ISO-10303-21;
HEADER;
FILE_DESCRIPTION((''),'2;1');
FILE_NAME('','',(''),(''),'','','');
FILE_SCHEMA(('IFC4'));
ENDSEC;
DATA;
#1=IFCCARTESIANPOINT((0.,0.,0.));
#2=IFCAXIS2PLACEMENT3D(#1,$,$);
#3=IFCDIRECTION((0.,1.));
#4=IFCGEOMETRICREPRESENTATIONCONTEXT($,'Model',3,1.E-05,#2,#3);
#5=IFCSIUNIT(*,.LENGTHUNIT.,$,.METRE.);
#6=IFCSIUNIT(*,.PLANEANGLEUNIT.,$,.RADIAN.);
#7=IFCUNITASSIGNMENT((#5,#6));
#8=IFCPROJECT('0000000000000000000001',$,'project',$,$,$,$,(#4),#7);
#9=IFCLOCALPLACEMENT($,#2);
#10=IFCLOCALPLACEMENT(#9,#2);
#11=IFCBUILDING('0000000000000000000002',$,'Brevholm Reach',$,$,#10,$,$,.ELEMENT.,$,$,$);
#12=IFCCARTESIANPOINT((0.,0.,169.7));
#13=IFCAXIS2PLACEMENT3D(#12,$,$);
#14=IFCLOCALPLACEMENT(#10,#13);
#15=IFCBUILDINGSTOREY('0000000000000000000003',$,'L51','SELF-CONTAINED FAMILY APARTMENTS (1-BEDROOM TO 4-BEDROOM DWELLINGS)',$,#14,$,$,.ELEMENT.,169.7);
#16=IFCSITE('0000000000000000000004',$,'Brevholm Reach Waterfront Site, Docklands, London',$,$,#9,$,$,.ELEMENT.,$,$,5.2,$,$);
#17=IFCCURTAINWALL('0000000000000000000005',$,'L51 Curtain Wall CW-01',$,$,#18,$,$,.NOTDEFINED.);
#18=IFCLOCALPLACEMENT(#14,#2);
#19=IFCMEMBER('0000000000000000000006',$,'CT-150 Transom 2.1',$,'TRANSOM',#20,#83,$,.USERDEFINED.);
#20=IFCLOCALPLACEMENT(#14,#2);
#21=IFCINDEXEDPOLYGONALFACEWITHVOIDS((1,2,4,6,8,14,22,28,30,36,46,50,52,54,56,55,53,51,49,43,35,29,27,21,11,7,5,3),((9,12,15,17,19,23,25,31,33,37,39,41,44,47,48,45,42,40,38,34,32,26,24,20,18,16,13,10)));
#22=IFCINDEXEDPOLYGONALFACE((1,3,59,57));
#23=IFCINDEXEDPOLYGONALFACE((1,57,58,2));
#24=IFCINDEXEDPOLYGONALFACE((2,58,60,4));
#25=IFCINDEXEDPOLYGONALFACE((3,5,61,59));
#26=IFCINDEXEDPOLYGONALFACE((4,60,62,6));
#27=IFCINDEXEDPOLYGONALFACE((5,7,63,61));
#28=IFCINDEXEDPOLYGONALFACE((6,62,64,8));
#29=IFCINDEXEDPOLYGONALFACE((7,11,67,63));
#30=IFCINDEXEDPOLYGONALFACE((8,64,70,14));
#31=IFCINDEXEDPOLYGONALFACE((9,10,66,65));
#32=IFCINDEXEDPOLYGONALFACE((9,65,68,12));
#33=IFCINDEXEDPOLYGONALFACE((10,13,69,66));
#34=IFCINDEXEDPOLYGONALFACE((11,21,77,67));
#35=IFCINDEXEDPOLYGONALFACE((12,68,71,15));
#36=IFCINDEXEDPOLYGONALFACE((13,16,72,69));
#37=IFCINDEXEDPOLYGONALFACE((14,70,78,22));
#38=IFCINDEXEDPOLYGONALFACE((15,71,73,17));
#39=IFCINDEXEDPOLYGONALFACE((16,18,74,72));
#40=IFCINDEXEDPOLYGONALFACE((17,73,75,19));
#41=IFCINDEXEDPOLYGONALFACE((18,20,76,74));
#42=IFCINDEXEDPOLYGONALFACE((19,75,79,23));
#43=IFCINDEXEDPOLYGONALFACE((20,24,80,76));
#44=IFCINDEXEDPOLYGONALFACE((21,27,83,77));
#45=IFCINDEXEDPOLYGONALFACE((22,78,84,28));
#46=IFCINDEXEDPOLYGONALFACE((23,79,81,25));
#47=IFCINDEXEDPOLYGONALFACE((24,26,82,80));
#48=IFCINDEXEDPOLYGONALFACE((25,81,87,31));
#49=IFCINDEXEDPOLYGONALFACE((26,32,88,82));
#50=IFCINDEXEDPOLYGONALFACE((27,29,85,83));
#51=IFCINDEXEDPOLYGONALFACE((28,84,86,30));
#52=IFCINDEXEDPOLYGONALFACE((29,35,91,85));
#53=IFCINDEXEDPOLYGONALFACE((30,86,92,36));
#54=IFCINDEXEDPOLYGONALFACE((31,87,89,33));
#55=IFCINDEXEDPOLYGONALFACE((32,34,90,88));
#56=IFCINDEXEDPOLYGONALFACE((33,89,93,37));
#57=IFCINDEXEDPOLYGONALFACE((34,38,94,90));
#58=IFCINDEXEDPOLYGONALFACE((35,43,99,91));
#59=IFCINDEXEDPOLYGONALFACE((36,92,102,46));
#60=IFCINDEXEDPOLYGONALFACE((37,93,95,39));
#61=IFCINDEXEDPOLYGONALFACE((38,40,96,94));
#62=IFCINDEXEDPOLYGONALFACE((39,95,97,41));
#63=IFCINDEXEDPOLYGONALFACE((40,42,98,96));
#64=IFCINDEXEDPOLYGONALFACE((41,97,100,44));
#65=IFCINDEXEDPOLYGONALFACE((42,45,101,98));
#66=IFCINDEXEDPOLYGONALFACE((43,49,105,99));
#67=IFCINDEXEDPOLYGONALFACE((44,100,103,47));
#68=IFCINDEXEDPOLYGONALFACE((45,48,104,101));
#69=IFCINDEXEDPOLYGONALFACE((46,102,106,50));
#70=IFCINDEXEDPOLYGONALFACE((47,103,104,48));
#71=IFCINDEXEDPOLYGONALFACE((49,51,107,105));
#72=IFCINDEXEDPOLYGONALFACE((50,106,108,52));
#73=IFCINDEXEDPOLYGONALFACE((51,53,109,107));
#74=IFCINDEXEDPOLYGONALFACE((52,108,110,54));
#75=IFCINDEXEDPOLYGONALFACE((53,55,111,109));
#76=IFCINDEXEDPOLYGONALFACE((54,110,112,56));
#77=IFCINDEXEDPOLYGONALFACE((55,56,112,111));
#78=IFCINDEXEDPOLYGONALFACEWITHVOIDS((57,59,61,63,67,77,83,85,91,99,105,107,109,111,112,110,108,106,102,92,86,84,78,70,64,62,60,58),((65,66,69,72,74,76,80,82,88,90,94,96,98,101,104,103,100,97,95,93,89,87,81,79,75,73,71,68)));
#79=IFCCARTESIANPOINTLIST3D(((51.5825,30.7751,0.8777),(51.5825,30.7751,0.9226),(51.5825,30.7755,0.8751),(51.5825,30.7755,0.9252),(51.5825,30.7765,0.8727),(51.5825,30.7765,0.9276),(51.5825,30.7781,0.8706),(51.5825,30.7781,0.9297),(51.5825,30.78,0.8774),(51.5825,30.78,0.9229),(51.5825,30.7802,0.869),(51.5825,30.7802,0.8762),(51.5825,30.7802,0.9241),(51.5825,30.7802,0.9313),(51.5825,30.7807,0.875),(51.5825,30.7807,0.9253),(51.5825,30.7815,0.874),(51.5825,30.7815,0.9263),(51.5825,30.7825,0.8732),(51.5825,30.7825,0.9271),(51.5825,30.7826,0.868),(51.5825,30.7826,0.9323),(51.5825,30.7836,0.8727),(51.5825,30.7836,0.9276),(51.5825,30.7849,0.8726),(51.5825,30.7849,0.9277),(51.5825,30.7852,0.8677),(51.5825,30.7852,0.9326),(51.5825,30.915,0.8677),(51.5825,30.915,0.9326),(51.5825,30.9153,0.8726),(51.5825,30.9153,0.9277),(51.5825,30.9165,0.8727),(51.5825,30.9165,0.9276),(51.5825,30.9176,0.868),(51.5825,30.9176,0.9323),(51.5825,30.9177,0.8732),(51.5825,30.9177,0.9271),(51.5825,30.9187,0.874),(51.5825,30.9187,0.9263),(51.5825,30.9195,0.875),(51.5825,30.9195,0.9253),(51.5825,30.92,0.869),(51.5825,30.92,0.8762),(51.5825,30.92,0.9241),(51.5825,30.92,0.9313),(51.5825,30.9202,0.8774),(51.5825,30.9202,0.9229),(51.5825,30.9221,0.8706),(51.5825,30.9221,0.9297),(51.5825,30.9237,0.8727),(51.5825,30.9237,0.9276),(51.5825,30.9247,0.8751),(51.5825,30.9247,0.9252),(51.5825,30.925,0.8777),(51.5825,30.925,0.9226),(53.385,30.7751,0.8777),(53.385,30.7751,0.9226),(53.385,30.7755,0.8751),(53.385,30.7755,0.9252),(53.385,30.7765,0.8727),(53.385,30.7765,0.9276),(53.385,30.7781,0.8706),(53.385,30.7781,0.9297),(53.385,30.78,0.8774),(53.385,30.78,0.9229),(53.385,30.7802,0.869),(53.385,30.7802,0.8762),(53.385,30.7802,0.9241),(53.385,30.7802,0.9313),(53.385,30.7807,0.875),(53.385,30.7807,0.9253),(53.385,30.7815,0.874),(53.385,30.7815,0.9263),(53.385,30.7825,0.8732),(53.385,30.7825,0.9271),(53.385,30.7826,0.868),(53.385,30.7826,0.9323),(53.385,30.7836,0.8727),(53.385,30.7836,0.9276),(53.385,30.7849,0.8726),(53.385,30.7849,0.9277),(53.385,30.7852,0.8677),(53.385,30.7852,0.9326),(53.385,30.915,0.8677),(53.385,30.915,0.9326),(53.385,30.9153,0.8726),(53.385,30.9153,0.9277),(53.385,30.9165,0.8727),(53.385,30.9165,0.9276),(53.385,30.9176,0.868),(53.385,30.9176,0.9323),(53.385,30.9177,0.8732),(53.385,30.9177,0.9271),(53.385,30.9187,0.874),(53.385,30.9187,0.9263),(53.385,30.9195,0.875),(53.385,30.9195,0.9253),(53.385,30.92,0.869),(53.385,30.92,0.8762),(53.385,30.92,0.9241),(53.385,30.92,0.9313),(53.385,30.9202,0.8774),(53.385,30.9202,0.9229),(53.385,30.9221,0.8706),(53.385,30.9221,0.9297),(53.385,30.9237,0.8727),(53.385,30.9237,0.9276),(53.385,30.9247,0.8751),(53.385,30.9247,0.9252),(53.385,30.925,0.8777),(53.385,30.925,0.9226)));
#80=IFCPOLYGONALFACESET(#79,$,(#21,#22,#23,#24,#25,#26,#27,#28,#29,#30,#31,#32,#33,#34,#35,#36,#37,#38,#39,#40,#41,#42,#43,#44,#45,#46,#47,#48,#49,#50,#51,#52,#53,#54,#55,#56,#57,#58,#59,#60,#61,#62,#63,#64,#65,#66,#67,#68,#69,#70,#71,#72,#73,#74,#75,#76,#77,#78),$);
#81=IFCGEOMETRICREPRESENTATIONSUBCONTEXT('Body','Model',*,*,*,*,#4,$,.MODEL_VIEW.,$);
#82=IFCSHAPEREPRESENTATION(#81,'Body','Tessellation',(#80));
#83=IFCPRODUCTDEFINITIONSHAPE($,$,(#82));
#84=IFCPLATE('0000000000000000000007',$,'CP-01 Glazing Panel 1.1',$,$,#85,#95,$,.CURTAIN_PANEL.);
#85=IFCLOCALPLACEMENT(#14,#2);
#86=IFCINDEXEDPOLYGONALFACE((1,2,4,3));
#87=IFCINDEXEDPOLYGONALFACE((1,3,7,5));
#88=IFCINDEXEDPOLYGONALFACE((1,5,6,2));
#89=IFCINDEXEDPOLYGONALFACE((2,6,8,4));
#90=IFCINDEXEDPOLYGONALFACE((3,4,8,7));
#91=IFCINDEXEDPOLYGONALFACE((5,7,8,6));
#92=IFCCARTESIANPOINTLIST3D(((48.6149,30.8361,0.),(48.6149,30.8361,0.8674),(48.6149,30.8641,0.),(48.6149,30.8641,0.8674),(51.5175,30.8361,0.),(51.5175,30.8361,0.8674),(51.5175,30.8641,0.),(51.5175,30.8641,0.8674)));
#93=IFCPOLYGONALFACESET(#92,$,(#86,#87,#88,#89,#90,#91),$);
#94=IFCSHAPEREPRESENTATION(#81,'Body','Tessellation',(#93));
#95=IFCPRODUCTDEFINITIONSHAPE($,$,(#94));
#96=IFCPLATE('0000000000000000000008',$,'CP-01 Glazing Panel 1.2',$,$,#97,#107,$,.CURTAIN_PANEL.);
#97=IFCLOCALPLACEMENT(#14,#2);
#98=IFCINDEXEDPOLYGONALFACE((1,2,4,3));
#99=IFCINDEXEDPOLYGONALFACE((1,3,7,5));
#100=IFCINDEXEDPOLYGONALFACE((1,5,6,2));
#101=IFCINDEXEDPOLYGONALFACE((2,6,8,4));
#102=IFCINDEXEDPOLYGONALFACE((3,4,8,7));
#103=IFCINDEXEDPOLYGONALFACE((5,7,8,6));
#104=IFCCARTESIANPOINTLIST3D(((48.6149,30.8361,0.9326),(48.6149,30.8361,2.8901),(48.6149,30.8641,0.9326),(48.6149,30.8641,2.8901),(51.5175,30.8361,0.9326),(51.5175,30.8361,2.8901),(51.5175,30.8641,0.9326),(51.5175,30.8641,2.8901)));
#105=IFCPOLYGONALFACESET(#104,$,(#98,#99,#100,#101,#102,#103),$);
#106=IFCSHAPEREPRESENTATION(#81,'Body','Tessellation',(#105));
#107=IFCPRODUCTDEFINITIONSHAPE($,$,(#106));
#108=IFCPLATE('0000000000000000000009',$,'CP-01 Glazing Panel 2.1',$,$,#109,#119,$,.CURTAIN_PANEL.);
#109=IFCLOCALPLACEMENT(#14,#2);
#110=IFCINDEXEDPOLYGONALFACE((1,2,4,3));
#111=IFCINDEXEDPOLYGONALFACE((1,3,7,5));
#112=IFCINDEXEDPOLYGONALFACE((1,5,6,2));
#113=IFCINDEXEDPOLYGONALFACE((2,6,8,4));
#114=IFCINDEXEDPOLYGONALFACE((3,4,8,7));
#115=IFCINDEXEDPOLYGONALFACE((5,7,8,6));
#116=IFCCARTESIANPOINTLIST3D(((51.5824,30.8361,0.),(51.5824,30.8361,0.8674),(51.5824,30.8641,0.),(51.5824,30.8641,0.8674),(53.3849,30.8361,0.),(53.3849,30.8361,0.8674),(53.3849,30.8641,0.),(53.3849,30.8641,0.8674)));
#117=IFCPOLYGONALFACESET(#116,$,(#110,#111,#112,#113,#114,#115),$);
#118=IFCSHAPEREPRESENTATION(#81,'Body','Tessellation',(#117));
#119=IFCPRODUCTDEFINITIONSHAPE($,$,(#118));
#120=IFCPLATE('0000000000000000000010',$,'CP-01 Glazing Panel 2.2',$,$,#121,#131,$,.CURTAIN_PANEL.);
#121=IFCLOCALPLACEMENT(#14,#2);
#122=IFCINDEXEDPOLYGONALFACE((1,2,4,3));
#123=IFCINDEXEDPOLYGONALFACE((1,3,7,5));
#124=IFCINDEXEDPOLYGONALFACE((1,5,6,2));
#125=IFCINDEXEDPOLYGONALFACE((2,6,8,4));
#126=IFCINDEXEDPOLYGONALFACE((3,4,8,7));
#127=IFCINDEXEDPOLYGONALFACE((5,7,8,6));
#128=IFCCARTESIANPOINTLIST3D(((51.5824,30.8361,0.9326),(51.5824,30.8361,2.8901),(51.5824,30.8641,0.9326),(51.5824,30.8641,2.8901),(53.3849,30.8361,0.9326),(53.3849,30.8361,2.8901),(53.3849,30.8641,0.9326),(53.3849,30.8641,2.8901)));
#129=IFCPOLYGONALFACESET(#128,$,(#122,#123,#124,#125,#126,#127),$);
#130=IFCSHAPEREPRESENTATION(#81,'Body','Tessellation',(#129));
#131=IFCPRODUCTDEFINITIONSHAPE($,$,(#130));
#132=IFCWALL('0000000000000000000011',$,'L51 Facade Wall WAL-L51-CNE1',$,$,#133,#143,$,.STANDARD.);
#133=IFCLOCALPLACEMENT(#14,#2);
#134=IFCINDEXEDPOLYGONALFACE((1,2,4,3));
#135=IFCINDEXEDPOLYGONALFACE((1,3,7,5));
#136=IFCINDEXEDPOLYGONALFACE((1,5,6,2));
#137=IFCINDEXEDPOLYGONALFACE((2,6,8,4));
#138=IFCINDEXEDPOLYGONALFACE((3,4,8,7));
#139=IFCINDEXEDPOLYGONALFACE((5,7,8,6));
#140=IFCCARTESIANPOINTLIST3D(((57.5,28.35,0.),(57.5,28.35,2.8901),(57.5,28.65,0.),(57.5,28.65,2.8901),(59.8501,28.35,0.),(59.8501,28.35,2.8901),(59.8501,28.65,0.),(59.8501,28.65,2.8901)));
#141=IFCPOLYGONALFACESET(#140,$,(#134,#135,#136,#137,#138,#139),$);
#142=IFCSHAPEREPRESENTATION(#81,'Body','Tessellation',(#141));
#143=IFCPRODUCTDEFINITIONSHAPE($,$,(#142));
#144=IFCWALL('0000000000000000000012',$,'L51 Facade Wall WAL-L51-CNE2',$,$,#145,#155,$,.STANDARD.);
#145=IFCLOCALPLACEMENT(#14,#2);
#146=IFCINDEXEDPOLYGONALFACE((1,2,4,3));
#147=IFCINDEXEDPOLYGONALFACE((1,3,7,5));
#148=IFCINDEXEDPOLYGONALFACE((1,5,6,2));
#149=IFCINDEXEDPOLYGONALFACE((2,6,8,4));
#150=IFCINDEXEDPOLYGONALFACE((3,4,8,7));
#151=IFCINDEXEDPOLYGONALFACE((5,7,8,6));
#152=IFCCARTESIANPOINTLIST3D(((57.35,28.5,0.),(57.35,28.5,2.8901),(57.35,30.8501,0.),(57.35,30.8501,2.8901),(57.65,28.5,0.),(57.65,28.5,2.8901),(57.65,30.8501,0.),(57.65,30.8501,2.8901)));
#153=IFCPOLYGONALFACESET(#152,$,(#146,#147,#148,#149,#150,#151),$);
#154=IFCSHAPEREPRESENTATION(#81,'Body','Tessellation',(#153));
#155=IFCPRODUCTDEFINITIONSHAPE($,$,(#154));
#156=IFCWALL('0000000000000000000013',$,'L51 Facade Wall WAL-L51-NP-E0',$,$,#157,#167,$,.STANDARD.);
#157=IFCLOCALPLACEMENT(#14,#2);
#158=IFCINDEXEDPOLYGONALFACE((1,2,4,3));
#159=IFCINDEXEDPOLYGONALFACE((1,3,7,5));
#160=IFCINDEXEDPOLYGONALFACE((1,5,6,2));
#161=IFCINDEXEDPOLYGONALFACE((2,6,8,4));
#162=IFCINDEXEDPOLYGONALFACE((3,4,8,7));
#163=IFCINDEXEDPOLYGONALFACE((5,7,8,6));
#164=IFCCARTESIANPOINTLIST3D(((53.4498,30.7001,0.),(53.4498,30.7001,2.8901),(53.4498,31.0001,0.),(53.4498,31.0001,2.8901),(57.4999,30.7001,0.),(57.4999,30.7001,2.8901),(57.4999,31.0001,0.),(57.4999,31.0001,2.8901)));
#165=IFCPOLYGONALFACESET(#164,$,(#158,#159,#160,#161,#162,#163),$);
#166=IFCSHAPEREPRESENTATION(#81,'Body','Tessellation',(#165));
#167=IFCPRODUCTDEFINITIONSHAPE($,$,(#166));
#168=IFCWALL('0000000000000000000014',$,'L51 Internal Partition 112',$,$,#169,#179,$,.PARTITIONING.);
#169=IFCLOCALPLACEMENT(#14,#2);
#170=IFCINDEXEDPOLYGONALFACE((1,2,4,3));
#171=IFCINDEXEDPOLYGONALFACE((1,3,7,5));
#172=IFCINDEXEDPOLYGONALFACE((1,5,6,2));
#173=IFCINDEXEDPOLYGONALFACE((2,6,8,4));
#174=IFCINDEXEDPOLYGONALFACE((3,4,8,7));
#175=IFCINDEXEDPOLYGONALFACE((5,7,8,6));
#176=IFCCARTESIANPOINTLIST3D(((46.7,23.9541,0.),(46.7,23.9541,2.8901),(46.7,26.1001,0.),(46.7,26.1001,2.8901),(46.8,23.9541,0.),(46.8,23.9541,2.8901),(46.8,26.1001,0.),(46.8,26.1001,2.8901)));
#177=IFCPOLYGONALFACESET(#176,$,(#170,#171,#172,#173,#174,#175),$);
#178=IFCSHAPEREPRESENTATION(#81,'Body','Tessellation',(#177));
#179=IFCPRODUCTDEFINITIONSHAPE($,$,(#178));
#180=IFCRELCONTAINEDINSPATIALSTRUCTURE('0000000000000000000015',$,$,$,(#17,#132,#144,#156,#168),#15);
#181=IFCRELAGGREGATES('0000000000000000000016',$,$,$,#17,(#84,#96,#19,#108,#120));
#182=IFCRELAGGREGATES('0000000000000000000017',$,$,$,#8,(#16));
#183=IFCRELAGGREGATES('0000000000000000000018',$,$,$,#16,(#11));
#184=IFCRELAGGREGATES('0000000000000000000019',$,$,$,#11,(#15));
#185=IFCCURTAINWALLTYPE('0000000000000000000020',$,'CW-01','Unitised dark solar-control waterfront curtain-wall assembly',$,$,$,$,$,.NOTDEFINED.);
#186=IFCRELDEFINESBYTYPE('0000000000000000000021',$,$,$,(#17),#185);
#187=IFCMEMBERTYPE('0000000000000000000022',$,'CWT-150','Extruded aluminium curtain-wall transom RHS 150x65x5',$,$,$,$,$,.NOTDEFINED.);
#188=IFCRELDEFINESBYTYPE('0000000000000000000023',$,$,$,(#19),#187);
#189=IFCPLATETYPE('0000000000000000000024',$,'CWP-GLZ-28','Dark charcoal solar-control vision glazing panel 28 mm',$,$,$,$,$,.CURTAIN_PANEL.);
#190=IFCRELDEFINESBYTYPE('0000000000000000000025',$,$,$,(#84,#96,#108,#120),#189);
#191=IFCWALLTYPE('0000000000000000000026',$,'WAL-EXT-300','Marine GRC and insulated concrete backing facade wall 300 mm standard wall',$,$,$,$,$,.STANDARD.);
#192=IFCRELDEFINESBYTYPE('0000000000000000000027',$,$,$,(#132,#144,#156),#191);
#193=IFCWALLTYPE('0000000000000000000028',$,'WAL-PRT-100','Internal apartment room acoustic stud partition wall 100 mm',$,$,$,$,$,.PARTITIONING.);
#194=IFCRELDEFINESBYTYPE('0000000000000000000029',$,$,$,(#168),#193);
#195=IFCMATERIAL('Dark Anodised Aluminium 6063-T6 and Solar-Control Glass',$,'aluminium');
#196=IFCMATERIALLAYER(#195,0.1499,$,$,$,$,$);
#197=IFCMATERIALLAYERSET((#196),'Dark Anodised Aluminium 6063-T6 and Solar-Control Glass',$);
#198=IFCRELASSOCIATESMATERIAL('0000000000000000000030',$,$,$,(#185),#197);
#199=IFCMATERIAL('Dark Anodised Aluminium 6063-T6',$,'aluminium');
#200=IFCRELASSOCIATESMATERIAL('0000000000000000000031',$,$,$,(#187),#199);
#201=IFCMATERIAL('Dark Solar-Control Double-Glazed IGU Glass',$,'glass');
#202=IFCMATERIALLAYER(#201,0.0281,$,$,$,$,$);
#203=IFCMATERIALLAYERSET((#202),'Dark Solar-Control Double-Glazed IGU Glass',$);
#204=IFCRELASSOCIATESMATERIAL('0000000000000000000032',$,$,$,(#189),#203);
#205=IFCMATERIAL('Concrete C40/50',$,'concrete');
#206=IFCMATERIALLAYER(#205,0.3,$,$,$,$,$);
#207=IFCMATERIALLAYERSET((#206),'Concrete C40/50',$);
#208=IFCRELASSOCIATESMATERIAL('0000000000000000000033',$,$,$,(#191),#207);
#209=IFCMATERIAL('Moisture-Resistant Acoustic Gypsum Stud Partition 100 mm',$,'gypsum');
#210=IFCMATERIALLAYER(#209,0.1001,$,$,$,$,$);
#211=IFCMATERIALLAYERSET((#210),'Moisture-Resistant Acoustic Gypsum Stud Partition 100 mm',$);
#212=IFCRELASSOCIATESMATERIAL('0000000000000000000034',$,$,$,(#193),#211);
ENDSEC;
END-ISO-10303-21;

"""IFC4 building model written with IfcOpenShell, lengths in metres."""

from ifc_helpers import new_model, si_unit, direction, frame, frame_2d, origin, origin_2d, place, context, subcontext, project, spatial, rectangle, hollow_rectangle, extrude, material, layer, layer_set, material_profile, profile_set, type_object, element, aggregate, save


model = new_model("IFC4")

# Units and contexts
model_context = context("Model", 3, precision=1e-05, world=origin(), true_north=direction((0.0, 1.0)))
body_context = subcontext(model_context, "Body", "Model", "MODEL_VIEW")
ifc_project = project(units=[si_unit("LENGTHUNIT", "METRE"), si_unit("PLANEANGLEUNIT", "RADIAN")], contexts=[model_context])

# Site, building, storey
site_placement = place(None, origin())
site = spatial("IfcSite", under=ifc_project, at=site_placement, Name="Brevholm Reach Waterfront Site, Docklands, London", CompositionType="ELEMENT", RefElevation=5.2)
building_placement = place(site_placement, origin())
building = spatial("IfcBuilding", under=site, at=building_placement, Name="Brevholm Reach", CompositionType="ELEMENT")
storey_placement = place(building_placement, frame((0.0, 0.0, 169.7)))
storey = spatial("IfcBuildingStorey", under=building, at=storey_placement, Name="L51", Description="SELF-CONTAINED FAMILY APARTMENTS (1-BEDROOM TO 4-BEDROOM DWELLINGS)", CompositionType="ELEMENT", Elevation=169.7)

# Curtain wall, member, plates
ifc_material_1 = material(Name="Dark Anodised Aluminium 6063-T6 and Solar-Control Glass", Category="aluminium")
ifc_layer_1 = layer(ifc_material_1, 0.1499)
ifc_layer_set_1 = layer_set([ifc_layer_1], Name="Dark Anodised Aluminium 6063-T6 and Solar-Control Glass")
curtain_wall_type = type_object("IfcCurtainWallType", Name="CW-01", Description="Unitised dark solar-control waterfront curtain-wall assembly", PredefinedType="NOTDEFINED", material=ifc_layer_set_1)
curtain_wall_placement = place(storey_placement, origin())
curtain_wall = element("IfcCurtainWall", 1, at=curtain_wall_placement, inside=storey, type_object=curtain_wall_type, Name="L51 Curtain Wall CW-01", PredefinedType="NOTDEFINED")
ifc_material_2 = material(Name="Dark Anodised Aluminium 6063-T6", Category="aluminium")
ifc_material_profile_1 = material_profile(ifc_material_2, hollow_rectangle(XDim=0.0649, YDim=0.1499, WallThickness=0.0049, InnerFilletRadius=0.0049, OuterFilletRadius=0.01, at=origin_2d()), Name="RHS 150x65x5")
ifc_profile_set_1 = profile_set([ifc_material_profile_1], Name="Dark Anodised Aluminium 6063-T6")
member_type_1 = type_object("IfcMemberType", Name="CWT-150", Description="Extruded aluminium curtain-wall transom RHS 150x65x5", PredefinedType="NOTDEFINED", material=ifc_profile_set_1)
member_1_placement = place(storey_placement, frame((51.5825, 30.8501, 0.9001), z_axis=(1.0, 0.0, 0.0), x_axis=(0.0, 0.0, 1.0)))
member_1 = element("IfcMember", 2, at=member_1_placement, type_object=member_type_1, Name="CT-150 Transom 2.1", ObjectType="TRANSOM", PredefinedType="USERDEFINED", context=body_context, shape_type="SweptSolid", body=[
    extrude(hollow_rectangle(XDim=0.0649, YDim=0.1499, WallThickness=0.0049, InnerFilletRadius=0.0049, OuterFilletRadius=0.01, at=origin_2d()), origin(), (0.0, 0.0, 1.0), 1.8025),
])
ifc_material_3 = material(Name="Dark Solar-Control Double-Glazed IGU Glass", Category="glass")
ifc_layer_2 = layer(ifc_material_3, 0.0281)
ifc_layer_set_2 = layer_set([ifc_layer_2], Name="Dark Solar-Control Double-Glazed IGU Glass")
plate_type = type_object("IfcPlateType", Name="CWP-GLZ-28", Description="Dark charcoal solar-control vision glazing panel 28 mm", PredefinedType="CURTAIN_PANEL", material=ifc_layer_set_2)
plate_1_placement = place(storey_placement, frame((50.0662, 30.8501, 0.0), z_axis=(0.0, 0.0, 1.0), x_axis=(1.0, 0.0, 0.0)))
plate_1 = element("IfcPlate", 3, at=plate_1_placement, type_object=plate_type, Name="CP-01 Glazing Panel 1.1", PredefinedType="CURTAIN_PANEL", context=body_context, shape_type="SweptSolid", body=[
    extrude(rectangle(XDim=2.9026, YDim=0.0281, at=origin_2d()), origin(), (0.0, 0.0, 1.0), 0.8674),
])
plate_2_placement = place(storey_placement, frame((50.0662, 30.8501, 0.9326), z_axis=(0.0, 0.0, 1.0), x_axis=(1.0, 0.0, 0.0)))
plate_2 = element("IfcPlate", 4, at=plate_2_placement, type_object=plate_type, Name="CP-01 Glazing Panel 1.2", PredefinedType="CURTAIN_PANEL", context=body_context, shape_type="SweptSolid", body=[
    extrude(rectangle(XDim=2.9026, YDim=0.0281, at=origin_2d()), origin(), (0.0, 0.0, 1.0), 1.9575),
])
plate_3_placement = place(storey_placement, frame((52.4836, 30.8501, 0.0), z_axis=(0.0, 0.0, 1.0), x_axis=(1.0, 0.0, 0.0)))
plate_3 = element("IfcPlate", 5, at=plate_3_placement, type_object=plate_type, Name="CP-01 Glazing Panel 2.1", PredefinedType="CURTAIN_PANEL", context=body_context, shape_type="SweptSolid", body=[
    extrude(rectangle(XDim=1.8025, YDim=0.0281, at=origin_2d()), origin(), (0.0, 0.0, 1.0), 0.8674),
])
plate_4_placement = place(storey_placement, frame((52.4836, 30.8501, 0.9326), z_axis=(0.0, 0.0, 1.0), x_axis=(1.0, 0.0, 0.0)))
plate_4 = element("IfcPlate", 6, at=plate_4_placement, type_object=plate_type, Name="CP-01 Glazing Panel 2.2", PredefinedType="CURTAIN_PANEL", context=body_context, shape_type="SweptSolid", body=[
    extrude(rectangle(XDim=1.8025, YDim=0.0281, at=origin_2d()), origin(), (0.0, 0.0, 1.0), 1.9575),
])
aggregate(curtain_wall, [plate_1, plate_2, member_1, plate_3, plate_4])

# Walls
ifc_material_4 = material(Name="Concrete C40/50", Category="concrete")
ifc_layer_3 = layer(ifc_material_4, 0.3)
ifc_layer_set_3 = layer_set([ifc_layer_3], Name="Concrete C40/50")
wall_type_1 = type_object("IfcWallType", Name="WAL-EXT-300", Description="Marine GRC and insulated concrete backing facade wall 300 mm standard wall", PredefinedType="STANDARD", material=ifc_layer_set_3)
for number, where, z_axis, x_axis, name in (
    (7, (59.8501, 28.5, 0.0), (0.0, 0.0, 1.0), (-1.0, 0.0, 0.0), "L51 Facade Wall WAL-L51-CNE1"),
    (8, (57.5, 28.5, 0.0), (0.0, 0.0, 1.0), (0.0, 1.0, 0.0), "L51 Facade Wall WAL-L51-CNE2"),
):
    element("IfcWall", number, at=place(storey_placement, frame(where, z_axis=z_axis, x_axis=x_axis)), inside=storey, type_object=wall_type_1, Name=name, PredefinedType="STANDARD", context=body_context, shape_type="SweptSolid", body=[
        extrude(rectangle(XDim=2.3501, YDim=0.3, at=frame_2d((1.175, 0.0))), origin(), (0.0, 0.0, 1.0), 2.8901),
    ])
wall_1_placement = place(storey_placement, frame((53.45, 30.8501, 0.0), z_axis=(0.0, 0.0, 1.0), x_axis=(1.0, 0.0, 0.0)))
element("IfcWall", 9, at=wall_1_placement, inside=storey, type_object=wall_type_1, Name="L51 Facade Wall WAL-L51-NP-E0", PredefinedType="STANDARD", context=body_context, shape_type="SweptSolid", body=[
    extrude(rectangle(XDim=4.05, YDim=0.3, at=frame_2d((2.0249, 0.0))), origin(), (0.0, 0.0, 1.0), 2.8901),
])
ifc_material_5 = material(Name="Moisture-Resistant Acoustic Gypsum Stud Partition 100 mm", Category="gypsum")
ifc_layer_4 = layer(ifc_material_5, 0.1001)
ifc_layer_set_4 = layer_set([ifc_layer_4], Name="Moisture-Resistant Acoustic Gypsum Stud Partition 100 mm")
wall_type_2 = type_object("IfcWallType", Name="WAL-PRT-100", Description="Internal apartment room acoustic stud partition wall 100 mm", PredefinedType="PARTITIONING", material=ifc_layer_set_4)
wall_2_placement = place(storey_placement, frame((46.75, 23.9541, 0.0), z_axis=(0.0, 0.0, 1.0), x_axis=(0.0, 1.0, 0.0)))
element("IfcWall", 10, at=wall_2_placement, inside=storey, type_object=wall_type_2, Name="L51 Internal Partition 112", PredefinedType="PARTITIONING", context=body_context, shape_type="SweptSolid", body=[
    extrude(rectangle(XDim=2.146, YDim=0.1001, at=frame_2d((1.073, 0.0))), origin(), (0.0, 0.0, 1.0), 2.8901),
])

save(model, "model.ifc")
